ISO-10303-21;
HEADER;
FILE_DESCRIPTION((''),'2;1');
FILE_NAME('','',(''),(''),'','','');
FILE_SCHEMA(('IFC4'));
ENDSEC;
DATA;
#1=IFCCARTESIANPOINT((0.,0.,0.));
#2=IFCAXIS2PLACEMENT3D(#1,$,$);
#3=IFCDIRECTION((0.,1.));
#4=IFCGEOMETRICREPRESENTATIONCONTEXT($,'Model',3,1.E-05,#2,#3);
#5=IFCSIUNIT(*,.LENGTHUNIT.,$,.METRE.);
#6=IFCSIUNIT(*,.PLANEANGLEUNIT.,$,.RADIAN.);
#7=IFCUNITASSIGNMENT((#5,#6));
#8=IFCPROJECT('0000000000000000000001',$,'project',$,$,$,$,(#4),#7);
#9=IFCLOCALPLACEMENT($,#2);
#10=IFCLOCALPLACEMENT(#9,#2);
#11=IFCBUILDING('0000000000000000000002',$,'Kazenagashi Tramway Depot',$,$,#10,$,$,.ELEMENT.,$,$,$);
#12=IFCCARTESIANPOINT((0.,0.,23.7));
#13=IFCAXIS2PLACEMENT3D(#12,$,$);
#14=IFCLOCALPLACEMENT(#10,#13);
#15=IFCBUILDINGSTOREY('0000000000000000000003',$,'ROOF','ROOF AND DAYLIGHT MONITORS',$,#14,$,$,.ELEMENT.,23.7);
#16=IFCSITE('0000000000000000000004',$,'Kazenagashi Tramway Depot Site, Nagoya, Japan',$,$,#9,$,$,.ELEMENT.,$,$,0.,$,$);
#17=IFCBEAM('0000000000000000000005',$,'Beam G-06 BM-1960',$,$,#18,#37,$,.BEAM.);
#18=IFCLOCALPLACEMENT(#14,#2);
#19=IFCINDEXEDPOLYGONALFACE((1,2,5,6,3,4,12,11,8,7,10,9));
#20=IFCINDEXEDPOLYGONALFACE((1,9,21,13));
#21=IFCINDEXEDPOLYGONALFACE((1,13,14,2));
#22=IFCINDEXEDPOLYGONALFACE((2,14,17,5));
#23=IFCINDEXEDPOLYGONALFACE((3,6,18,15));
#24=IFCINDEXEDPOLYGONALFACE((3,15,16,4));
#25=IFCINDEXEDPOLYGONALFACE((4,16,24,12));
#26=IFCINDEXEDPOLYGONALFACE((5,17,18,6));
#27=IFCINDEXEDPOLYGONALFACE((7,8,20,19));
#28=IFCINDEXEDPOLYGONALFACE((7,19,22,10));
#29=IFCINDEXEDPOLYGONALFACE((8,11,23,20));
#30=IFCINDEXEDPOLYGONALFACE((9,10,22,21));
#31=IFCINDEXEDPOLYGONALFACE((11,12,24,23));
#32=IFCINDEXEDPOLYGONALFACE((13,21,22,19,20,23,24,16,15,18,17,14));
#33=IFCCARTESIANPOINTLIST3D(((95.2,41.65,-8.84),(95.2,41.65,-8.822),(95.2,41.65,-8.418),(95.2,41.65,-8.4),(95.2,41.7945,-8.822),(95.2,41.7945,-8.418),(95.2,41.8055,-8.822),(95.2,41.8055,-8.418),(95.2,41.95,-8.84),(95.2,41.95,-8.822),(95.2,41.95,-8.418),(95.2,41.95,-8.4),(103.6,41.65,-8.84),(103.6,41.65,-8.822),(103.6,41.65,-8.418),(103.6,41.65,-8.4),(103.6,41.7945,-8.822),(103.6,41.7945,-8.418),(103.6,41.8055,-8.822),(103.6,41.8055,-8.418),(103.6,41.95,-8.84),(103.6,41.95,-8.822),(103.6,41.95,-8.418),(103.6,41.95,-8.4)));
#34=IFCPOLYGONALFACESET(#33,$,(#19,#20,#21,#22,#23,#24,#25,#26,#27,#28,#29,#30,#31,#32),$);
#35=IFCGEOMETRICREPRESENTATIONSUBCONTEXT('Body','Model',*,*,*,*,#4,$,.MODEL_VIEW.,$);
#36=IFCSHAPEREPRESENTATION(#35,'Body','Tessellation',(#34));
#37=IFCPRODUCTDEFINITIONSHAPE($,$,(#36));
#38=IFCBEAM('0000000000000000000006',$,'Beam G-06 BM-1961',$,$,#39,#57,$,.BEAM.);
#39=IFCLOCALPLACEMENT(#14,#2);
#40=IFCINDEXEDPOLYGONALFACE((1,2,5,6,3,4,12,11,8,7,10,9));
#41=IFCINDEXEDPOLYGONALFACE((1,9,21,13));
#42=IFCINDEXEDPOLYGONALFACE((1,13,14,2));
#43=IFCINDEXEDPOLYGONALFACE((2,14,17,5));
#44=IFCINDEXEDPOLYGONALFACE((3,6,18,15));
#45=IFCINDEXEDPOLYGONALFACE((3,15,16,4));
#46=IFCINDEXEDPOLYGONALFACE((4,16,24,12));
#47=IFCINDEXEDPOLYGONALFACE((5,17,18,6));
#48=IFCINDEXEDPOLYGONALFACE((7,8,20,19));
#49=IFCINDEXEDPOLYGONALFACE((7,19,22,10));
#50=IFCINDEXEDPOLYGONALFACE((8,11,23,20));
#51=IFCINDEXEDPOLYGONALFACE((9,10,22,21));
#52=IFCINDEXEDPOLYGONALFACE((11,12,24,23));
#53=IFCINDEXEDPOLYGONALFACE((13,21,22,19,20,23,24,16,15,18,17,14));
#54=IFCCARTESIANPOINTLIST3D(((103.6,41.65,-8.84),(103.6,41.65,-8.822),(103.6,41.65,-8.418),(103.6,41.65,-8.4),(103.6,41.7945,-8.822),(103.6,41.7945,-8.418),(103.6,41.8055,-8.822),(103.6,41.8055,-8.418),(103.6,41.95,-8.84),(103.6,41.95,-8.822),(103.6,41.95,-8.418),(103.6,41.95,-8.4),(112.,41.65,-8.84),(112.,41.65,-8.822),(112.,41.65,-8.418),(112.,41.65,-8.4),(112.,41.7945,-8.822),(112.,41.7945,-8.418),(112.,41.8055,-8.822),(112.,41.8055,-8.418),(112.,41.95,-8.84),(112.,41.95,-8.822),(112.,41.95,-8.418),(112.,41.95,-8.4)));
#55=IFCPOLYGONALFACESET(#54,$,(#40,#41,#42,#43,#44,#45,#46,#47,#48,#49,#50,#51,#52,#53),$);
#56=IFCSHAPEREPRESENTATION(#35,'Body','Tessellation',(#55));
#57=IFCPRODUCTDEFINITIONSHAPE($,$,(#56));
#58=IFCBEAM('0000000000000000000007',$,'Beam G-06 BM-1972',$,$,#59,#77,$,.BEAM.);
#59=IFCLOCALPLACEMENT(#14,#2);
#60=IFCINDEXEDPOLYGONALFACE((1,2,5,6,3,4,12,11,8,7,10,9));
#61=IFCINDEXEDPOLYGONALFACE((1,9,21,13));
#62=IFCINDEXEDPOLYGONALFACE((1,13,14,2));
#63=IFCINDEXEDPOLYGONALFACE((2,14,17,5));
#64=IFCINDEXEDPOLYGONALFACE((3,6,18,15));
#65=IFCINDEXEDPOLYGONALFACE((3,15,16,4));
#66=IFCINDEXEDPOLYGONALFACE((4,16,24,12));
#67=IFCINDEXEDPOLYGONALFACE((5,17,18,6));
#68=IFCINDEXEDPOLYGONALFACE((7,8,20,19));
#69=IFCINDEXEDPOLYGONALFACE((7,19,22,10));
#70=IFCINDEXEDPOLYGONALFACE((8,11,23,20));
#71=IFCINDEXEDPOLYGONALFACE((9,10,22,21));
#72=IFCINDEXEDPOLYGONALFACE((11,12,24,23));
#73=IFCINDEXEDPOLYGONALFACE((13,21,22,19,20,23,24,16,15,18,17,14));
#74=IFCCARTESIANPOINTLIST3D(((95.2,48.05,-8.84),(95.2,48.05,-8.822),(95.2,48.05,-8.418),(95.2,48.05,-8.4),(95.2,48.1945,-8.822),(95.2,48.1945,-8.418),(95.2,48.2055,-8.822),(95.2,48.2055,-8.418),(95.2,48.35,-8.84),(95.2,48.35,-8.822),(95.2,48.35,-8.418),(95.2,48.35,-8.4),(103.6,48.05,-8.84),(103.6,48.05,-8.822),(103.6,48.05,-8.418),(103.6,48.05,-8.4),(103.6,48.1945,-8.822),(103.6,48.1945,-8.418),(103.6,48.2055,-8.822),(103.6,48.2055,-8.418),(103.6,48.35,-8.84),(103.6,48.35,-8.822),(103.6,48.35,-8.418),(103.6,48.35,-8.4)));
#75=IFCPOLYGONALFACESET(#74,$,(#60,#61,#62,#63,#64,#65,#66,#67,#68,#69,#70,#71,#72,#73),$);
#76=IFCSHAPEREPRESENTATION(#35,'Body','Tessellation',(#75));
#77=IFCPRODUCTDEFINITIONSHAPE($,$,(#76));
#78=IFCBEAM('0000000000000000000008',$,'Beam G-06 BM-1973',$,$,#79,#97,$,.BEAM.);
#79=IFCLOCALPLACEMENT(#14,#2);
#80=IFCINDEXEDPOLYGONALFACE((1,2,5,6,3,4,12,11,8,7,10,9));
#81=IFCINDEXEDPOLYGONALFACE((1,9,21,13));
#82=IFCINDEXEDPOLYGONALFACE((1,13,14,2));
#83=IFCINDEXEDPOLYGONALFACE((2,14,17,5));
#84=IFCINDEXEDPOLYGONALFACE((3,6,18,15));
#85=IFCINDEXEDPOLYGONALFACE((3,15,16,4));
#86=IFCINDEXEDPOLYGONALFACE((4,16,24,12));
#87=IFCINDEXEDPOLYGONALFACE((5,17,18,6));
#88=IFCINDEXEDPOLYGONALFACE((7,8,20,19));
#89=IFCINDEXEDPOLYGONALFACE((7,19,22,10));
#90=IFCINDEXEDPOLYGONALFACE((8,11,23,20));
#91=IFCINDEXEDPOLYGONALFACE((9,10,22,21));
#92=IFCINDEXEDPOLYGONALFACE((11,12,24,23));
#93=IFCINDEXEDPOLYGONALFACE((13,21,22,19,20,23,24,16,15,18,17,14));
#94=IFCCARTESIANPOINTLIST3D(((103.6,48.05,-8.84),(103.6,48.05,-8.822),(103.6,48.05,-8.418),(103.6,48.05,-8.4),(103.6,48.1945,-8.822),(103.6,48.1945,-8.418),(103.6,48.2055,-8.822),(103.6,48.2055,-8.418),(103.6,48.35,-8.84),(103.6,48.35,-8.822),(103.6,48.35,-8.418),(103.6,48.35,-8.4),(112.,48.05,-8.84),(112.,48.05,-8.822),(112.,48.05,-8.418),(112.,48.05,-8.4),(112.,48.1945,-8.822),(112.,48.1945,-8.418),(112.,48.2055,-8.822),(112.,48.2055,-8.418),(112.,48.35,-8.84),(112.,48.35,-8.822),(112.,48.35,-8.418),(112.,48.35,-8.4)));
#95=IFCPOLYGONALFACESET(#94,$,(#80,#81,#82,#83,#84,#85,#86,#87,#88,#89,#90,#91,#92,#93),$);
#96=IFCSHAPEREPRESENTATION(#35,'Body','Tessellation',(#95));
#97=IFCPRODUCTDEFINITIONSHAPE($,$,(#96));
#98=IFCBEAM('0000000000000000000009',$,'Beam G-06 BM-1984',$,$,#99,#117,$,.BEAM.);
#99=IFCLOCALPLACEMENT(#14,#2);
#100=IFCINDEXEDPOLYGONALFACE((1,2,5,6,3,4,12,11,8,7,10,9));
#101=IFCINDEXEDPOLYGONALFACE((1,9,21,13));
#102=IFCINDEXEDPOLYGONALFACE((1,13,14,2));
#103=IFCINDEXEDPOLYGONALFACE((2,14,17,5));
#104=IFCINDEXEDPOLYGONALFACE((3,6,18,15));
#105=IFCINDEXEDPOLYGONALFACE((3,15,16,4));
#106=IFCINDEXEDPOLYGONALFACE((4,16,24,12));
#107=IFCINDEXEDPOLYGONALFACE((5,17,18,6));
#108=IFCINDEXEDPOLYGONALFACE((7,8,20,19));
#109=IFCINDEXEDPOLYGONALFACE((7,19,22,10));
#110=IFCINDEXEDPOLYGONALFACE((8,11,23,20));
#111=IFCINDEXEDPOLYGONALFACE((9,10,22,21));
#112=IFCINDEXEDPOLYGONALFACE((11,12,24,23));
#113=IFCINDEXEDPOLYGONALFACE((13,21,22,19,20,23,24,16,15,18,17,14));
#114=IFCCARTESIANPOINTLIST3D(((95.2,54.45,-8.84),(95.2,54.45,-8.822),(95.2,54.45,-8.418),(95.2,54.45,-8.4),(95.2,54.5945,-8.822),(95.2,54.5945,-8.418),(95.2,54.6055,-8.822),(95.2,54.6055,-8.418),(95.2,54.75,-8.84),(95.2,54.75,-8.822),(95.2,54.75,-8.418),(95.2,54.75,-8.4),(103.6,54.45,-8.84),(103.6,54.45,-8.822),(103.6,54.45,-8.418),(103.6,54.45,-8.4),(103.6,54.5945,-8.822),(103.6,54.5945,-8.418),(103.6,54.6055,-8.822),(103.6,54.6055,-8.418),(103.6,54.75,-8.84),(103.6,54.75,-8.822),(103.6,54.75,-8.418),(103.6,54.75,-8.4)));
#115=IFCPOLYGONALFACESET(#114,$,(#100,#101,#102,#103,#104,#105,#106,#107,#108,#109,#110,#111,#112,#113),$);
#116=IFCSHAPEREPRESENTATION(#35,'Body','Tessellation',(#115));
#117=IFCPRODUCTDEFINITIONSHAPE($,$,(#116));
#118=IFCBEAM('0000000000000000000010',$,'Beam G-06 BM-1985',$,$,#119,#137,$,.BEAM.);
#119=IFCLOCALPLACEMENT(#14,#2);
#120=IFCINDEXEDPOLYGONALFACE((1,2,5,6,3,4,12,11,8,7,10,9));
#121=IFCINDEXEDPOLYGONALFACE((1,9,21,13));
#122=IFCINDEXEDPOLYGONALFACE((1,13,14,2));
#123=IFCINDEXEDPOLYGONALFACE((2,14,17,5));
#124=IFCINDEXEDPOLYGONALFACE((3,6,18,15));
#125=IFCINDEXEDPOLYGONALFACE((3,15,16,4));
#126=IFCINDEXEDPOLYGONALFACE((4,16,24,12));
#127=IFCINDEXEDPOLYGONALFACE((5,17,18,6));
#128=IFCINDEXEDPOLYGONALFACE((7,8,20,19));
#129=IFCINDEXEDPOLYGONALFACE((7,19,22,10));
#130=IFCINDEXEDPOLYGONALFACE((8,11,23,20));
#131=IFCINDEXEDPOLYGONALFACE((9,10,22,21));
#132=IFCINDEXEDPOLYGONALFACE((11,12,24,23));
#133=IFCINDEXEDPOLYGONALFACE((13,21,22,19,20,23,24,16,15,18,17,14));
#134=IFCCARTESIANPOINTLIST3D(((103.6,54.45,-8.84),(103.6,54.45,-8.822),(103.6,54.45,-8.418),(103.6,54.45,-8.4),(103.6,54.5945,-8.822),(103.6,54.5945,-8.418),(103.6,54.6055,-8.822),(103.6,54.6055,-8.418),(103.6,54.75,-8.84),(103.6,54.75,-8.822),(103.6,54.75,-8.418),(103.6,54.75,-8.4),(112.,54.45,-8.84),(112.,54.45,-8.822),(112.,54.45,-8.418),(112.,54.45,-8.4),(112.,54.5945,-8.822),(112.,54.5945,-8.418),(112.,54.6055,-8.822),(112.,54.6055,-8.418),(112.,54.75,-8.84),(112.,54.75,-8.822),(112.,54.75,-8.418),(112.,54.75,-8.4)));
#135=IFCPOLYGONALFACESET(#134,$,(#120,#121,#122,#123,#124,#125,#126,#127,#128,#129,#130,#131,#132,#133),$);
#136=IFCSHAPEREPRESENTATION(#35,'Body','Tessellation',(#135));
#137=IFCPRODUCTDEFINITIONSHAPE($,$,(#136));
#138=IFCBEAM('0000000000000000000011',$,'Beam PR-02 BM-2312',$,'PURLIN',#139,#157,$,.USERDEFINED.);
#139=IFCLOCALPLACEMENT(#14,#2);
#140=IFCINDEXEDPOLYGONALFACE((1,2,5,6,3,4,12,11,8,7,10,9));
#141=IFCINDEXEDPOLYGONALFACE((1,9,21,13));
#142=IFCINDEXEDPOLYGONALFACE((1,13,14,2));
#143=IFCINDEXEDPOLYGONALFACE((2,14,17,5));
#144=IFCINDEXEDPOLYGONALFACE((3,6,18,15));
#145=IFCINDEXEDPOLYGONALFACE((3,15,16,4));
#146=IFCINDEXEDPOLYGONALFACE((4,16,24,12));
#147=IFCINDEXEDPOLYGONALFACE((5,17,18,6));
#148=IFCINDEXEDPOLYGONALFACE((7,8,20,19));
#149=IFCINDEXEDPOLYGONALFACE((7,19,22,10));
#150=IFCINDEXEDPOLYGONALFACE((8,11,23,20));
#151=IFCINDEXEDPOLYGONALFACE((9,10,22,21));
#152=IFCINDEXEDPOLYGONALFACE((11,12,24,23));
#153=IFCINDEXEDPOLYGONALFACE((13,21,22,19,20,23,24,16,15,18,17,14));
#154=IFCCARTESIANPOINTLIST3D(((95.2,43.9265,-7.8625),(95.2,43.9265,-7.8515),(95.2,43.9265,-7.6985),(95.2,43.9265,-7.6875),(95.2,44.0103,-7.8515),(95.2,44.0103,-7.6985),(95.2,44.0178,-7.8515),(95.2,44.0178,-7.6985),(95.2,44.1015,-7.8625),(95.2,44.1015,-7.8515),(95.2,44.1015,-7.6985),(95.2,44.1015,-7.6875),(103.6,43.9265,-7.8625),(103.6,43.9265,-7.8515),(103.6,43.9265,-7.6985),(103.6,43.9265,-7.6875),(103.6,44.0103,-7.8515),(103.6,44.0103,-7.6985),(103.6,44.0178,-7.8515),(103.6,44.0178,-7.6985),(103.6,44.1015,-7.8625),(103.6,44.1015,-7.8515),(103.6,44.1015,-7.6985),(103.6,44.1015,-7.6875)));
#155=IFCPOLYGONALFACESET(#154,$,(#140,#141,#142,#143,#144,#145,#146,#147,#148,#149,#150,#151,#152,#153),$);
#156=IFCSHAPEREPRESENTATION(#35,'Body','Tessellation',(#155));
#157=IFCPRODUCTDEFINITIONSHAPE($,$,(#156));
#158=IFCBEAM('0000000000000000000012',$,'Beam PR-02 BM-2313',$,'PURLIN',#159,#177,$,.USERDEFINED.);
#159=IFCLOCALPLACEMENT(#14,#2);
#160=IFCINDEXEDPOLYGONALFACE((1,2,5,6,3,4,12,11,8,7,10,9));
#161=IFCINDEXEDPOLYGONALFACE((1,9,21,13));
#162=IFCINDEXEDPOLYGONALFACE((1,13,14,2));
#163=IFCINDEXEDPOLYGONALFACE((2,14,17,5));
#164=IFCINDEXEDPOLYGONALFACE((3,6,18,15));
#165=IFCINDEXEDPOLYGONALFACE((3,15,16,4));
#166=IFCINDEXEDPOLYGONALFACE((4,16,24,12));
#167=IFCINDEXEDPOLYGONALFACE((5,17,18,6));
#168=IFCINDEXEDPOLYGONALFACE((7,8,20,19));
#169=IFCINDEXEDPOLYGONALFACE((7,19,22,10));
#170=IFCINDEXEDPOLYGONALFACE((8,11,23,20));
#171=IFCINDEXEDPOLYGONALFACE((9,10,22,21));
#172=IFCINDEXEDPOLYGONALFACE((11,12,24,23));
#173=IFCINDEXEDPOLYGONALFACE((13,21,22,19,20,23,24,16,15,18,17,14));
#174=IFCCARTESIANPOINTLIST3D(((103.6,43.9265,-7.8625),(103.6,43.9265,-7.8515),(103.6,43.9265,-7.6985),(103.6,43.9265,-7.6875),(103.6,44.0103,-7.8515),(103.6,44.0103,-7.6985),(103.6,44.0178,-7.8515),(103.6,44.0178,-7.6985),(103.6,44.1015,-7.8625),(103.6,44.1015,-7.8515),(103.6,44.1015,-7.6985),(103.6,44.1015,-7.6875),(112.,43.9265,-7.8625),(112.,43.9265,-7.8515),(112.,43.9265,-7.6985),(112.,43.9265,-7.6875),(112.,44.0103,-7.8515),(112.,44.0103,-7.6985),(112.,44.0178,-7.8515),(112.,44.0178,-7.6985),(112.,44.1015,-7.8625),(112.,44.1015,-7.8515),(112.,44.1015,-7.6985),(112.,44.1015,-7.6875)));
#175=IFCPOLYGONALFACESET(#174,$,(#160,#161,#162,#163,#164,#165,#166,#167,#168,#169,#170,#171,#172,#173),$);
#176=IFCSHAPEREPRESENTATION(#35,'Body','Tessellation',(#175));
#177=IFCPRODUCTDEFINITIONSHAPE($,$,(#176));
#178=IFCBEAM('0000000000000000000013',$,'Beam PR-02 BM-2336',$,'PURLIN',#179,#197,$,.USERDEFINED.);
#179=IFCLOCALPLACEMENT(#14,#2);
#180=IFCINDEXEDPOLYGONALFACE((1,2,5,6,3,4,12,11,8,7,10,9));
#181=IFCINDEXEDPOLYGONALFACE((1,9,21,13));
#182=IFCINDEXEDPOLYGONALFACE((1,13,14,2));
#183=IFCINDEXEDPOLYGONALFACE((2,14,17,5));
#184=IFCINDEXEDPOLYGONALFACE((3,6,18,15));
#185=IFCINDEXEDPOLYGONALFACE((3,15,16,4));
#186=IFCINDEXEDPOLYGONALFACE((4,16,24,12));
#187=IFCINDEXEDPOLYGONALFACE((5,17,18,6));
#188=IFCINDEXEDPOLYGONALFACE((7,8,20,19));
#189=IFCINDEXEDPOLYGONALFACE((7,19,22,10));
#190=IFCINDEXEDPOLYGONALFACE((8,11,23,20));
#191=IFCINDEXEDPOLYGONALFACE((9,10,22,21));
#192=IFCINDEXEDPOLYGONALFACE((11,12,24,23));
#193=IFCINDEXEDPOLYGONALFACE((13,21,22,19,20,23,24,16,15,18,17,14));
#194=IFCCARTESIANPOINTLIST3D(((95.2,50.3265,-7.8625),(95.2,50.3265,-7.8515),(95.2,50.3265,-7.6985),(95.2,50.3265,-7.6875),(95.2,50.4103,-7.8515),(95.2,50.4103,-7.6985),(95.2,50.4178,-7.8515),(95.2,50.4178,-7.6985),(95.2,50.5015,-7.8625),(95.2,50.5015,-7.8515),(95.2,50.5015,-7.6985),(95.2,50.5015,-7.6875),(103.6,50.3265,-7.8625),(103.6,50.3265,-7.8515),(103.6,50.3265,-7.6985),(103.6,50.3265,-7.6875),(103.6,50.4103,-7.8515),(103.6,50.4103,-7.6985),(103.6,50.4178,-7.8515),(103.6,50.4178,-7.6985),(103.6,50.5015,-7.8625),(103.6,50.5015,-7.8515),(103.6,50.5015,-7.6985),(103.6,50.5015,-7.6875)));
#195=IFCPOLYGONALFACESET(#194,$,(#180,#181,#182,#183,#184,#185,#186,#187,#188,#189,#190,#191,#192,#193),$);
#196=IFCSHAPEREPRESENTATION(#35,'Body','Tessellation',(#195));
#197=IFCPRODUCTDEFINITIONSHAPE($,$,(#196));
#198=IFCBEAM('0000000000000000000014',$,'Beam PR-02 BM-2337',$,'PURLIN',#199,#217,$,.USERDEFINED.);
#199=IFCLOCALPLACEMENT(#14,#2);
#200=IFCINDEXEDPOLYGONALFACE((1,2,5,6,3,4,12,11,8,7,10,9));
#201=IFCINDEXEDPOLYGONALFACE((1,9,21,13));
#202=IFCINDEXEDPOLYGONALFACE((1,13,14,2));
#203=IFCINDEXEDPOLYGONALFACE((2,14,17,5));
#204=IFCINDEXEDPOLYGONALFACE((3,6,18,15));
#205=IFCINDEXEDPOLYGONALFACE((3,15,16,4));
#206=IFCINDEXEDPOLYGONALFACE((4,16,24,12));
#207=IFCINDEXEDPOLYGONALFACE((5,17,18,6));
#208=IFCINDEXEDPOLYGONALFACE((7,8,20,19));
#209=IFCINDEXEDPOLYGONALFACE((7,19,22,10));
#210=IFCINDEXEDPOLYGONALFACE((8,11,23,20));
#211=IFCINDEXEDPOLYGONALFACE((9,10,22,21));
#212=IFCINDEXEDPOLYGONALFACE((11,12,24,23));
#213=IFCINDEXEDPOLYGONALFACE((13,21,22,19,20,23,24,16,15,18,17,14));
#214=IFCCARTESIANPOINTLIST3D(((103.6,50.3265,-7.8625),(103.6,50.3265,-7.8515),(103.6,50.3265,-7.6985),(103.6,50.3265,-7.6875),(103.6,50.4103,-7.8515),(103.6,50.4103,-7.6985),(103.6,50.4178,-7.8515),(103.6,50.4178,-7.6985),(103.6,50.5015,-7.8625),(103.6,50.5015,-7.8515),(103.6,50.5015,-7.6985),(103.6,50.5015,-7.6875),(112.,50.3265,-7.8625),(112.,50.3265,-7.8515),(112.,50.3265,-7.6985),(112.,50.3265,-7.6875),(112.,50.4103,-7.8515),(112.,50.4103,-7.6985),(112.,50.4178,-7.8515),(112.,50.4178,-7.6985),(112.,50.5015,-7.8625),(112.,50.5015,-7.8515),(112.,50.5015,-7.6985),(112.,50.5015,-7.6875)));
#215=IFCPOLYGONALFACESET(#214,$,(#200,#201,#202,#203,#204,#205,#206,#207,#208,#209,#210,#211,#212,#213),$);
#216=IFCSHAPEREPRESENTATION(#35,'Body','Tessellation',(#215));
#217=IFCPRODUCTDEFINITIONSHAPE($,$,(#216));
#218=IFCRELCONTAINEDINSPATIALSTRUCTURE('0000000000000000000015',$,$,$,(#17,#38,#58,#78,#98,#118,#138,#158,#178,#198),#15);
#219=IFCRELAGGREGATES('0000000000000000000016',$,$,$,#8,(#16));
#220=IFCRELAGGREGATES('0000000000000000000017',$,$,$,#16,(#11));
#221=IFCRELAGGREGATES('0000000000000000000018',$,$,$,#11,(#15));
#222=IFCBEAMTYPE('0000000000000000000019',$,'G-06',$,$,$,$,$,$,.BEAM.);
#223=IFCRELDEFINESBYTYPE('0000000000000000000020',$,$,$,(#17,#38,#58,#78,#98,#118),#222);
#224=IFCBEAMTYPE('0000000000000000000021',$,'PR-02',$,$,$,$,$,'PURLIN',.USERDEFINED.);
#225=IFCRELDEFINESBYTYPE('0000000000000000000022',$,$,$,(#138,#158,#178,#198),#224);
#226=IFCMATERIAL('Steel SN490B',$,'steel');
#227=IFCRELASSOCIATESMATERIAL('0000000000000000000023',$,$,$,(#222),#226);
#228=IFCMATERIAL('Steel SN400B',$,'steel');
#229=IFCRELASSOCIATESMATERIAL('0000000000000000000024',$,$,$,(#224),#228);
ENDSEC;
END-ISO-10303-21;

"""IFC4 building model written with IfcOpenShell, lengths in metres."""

from ifc_helpers import new_model, si_unit, direction, frame, origin, origin_2d, place, context, subcontext, project, spatial, i_section, extrude, material, material_profile, profile_set, type_object, element, save


model = new_model("IFC4")

# Units and contexts
model_context = context("Model", 3, precision=1e-05, world=origin(), true_north=direction((0.0, 1.0)))
body_context = subcontext(model_context, "Body", "Model", "MODEL_VIEW")
ifc_project = project(units=[si_unit("LENGTHUNIT", "METRE"), si_unit("PLANEANGLEUNIT", "RADIAN")], contexts=[model_context])

# Site, building, storey
site_placement = place(None, origin())
site = spatial("IfcSite", under=ifc_project, at=site_placement, Name="Kazenagashi Tramway Depot Site, Nagoya, Japan", CompositionType="ELEMENT", RefElevation=0.0)
building_placement = place(site_placement, origin())
building = spatial("IfcBuilding", under=site, at=building_placement, Name="Kazenagashi Tramway Depot", CompositionType="ELEMENT")
storey_placement = place(building_placement, frame((0.0, 0.0, 23.7)))
storey = spatial("IfcBuildingStorey", under=building, at=storey_placement, Name="ROOF", Description="ROOF AND DAYLIGHT MONITORS", CompositionType="ELEMENT", Elevation=23.7)

# Beams
ifc_material_1 = material(Name="Steel SN490B", Category="steel")
ifc_material_profile_1 = material_profile(ifc_material_1, i_section(OverallWidth=0.3, OverallDepth=0.44, WebThickness=0.011, FlangeThickness=0.018, at=origin_2d()), Name="H-440x300x11x18")
ifc_profile_set_1 = profile_set([ifc_material_profile_1], Name="Steel SN490B")
beam_type_1 = type_object("IfcBeamType", Name="G-06", PredefinedType="BEAM", material=ifc_profile_set_1)
for number, where, z_axis, x_axis, name in (
    (1, (95.2, 41.8, -8.62), (1.0, 0.0, 0.0), (0.0, 1.0, 0.0), "Beam G-06 BM-1960"),
    (2, (103.6, 41.8, -8.62), (1.0, 0.0, 0.0), (0.0, 1.0, 0.0), "Beam G-06 BM-1961"),
    (3, (95.2, 48.2, -8.62), (1.0, 0.0, 0.0), (0.0, 1.0, 0.0), "Beam G-06 BM-1972"),
    (4, (103.6, 48.2, -8.62), (1.0, 0.0, 0.0), (0.0, 1.0, 0.0), "Beam G-06 BM-1973"),
    (5, (95.2, 54.6, -8.62), (1.0, 0.0, 0.0), (0.0, 1.0, 0.0), "Beam G-06 BM-1984"),
    (6, (103.6, 54.6, -8.62), (1.0, 0.0, 0.0), (0.0, 1.0, 0.0), "Beam G-06 BM-1985"),
):
    element("IfcBeam", number, at=place(storey_placement, frame(where, z_axis=z_axis, x_axis=x_axis)), inside=storey, type_object=beam_type_1, Name=name, PredefinedType="BEAM", context=body_context, shape_type="SweptSolid", body=[
        extrude(i_section(OverallWidth=0.3, OverallDepth=0.44, WebThickness=0.011, FlangeThickness=0.018, at=origin_2d()), origin(), (0.0, 0.0, 1.0), 8.4),
    ])
ifc_material_2 = material(Name="Steel SN400B", Category="steel")
ifc_material_profile_2 = material_profile(ifc_material_2, i_section(OverallWidth=0.175, OverallDepth=0.175, WebThickness=0.0075, FlangeThickness=0.011, at=origin_2d()), Name="H-175x175x7.5x11")
ifc_profile_set_2 = profile_set([ifc_material_profile_2], Name="Steel SN400B")
beam_type_2 = type_object("IfcBeamType", Name="PR-02", ElementType="PURLIN", PredefinedType="USERDEFINED", material=ifc_profile_set_2)
for number, where, z_axis, x_axis, name in (
    (7, (95.2, 44.014, -7.775), (1.0, 0.0, 0.0), (0.0, 1.0, 0.0), "Beam PR-02 BM-2312"),
    (8, (103.6, 44.014, -7.775), (1.0, 0.0, 0.0), (0.0, 1.0, 0.0), "Beam PR-02 BM-2313"),
    (9, (95.2, 50.414, -7.775), (1.0, 0.0, 0.0), (0.0, 1.0, 0.0), "Beam PR-02 BM-2336"),
    (10, (103.6, 50.414, -7.775), (1.0, 0.0, 0.0), (0.0, 1.0, 0.0), "Beam PR-02 BM-2337"),
):
    element("IfcBeam", number, at=place(storey_placement, frame(where, z_axis=z_axis, x_axis=x_axis)), inside=storey, type_object=beam_type_2, Name=name, ObjectType="PURLIN", PredefinedType="USERDEFINED", context=body_context, shape_type="SweptSolid", body=[
        extrude(i_section(OverallWidth=0.175, OverallDepth=0.175, WebThickness=0.0075, FlangeThickness=0.011, at=origin_2d()), origin(), (0.0, 0.0, 1.0), 8.4),
    ])

save(model, "model.ifc")
